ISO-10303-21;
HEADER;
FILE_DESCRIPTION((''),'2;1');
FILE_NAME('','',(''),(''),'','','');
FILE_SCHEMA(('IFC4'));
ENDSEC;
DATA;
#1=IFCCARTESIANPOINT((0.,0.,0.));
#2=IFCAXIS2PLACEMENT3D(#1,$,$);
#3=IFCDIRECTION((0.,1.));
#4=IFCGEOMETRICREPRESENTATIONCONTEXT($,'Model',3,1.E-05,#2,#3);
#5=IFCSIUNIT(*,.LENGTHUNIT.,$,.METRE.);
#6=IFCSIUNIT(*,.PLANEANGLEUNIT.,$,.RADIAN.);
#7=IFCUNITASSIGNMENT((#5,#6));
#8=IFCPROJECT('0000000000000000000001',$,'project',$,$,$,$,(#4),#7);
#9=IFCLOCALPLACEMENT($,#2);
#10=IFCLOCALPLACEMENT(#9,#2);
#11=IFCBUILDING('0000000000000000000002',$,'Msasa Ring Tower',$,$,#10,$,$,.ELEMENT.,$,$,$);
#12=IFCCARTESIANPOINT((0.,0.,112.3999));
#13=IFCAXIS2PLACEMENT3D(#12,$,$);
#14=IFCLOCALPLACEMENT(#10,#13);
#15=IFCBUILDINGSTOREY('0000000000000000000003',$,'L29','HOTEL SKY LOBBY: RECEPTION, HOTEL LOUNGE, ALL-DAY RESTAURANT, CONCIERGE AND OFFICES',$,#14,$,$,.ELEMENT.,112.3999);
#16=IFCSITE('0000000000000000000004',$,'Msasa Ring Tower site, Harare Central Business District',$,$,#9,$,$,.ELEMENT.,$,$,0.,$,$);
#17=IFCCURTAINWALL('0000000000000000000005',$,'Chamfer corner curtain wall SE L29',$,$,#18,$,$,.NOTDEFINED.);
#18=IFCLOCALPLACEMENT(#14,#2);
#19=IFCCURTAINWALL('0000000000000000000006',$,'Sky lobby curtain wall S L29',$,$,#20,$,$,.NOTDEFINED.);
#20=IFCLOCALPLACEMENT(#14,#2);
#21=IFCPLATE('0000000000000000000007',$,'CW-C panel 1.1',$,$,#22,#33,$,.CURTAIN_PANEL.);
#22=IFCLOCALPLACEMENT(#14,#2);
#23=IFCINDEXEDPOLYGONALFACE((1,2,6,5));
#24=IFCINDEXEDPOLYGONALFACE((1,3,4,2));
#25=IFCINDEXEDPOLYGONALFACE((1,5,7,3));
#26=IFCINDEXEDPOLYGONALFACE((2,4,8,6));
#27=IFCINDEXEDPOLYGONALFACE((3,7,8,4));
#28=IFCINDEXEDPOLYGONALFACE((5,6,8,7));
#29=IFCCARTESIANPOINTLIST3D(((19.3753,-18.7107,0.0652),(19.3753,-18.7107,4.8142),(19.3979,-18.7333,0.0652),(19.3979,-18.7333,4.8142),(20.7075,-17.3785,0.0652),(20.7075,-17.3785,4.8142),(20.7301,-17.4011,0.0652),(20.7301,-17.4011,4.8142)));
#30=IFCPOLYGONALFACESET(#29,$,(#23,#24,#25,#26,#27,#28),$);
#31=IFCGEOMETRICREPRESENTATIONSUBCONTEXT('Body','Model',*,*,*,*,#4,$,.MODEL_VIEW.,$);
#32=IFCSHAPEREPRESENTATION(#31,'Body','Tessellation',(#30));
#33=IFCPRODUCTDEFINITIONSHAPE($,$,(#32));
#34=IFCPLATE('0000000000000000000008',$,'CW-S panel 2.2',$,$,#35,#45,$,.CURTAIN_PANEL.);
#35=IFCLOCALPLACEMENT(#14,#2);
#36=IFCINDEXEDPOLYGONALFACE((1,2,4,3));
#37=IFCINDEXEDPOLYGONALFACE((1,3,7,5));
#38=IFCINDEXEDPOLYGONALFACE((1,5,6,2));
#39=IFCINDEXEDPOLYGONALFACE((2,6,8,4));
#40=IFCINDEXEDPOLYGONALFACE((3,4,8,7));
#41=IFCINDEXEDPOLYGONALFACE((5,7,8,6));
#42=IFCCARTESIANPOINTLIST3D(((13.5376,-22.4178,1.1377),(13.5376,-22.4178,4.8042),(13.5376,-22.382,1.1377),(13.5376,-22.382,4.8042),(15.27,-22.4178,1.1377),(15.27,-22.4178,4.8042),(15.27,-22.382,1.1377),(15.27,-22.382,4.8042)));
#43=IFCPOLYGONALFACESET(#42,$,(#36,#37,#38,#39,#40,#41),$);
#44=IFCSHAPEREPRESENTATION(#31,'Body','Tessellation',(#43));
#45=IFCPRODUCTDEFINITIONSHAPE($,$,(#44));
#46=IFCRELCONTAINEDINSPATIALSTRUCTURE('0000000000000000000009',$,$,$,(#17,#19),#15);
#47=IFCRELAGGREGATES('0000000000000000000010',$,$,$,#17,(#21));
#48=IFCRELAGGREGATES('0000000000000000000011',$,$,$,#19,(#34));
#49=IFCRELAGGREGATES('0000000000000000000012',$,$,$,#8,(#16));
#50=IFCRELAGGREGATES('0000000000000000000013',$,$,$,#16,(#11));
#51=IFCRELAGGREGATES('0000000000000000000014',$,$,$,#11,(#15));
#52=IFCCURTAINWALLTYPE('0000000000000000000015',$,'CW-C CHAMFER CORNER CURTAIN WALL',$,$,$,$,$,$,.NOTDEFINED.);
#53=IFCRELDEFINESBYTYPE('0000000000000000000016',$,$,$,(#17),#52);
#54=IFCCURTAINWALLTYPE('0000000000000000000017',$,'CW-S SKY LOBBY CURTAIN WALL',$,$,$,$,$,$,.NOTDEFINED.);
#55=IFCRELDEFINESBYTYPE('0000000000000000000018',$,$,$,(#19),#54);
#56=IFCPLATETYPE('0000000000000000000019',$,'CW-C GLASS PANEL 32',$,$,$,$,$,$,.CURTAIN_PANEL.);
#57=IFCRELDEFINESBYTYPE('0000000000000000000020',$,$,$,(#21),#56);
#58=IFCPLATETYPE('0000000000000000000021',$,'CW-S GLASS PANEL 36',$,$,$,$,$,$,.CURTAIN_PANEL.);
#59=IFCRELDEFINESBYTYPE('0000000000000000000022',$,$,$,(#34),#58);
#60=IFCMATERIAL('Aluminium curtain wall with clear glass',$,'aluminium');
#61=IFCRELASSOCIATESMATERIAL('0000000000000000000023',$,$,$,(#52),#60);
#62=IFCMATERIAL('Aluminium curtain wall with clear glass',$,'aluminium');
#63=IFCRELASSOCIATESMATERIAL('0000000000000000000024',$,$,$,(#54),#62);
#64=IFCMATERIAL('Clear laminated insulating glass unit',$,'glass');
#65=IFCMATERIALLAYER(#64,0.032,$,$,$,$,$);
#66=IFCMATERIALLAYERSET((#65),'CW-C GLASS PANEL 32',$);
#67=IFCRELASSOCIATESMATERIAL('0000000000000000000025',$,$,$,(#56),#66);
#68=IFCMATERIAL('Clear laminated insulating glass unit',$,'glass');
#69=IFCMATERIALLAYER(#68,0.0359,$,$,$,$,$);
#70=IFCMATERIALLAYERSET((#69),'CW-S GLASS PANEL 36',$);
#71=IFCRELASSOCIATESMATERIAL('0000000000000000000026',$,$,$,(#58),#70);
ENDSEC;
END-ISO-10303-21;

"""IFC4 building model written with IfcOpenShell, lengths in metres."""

from ifc_helpers import new_model, si_unit, direction, frame, origin, origin_2d, place, context, subcontext, project, spatial, rectangle, extrude, material, layer, layer_set, type_object, element, aggregate, save


model = new_model("IFC4")

# Units and contexts
model_context = context("Model", 3, precision=1e-05, world=origin(), true_north=direction((0.0, 1.0)))
body_context = subcontext(model_context, "Body", "Model", "MODEL_VIEW")
ifc_project = project(units=[si_unit("LENGTHUNIT", "METRE"), si_unit("PLANEANGLEUNIT", "RADIAN")], contexts=[model_context])

# Site, building, storey
site_placement = place(None, origin())
site = spatial("IfcSite", under=ifc_project, at=site_placement, Name="Msasa Ring Tower site, Harare Central Business District", CompositionType="ELEMENT", RefElevation=0.0)
building_placement = place(site_placement, origin())
building = spatial("IfcBuilding", under=site, at=building_placement, Name="Msasa Ring Tower", CompositionType="ELEMENT")
storey_placement = place(building_placement, frame((0.0, 0.0, 112.3999)))
storey = spatial("IfcBuildingStorey", under=building, at=storey_placement, Name="L29", Description="HOTEL SKY LOBBY: RECEPTION, HOTEL LOUNGE, ALL-DAY RESTAURANT, CONCIERGE AND OFFICES", CompositionType="ELEMENT", Elevation=112.3999)

# Curtain wall
ifc_material_1 = material(Name="Aluminium curtain wall with clear glass", Category="aluminium")
curtain_wall_type_1 = type_object("IfcCurtainWallType", Name="CW-C CHAMFER CORNER CURTAIN WALL", PredefinedType="NOTDEFINED", material=ifc_material_1)
curtain_wall_1_placement = place(storey_placement, origin())
curtain_wall_1 = element("IfcCurtainWall", 1, at=curtain_wall_1_placement, inside=storey, type_object=curtain_wall_type_1, Name="Chamfer corner curtain wall SE L29", PredefinedType="NOTDEFINED")

# Curtain wall
ifc_material_2 = material(Name="Aluminium curtain wall with clear glass", Category="aluminium")
curtain_wall_type_2 = type_object("IfcCurtainWallType", Name="CW-S SKY LOBBY CURTAIN WALL", PredefinedType="NOTDEFINED", material=ifc_material_2)
curtain_wall_2_placement = place(storey_placement, origin())
curtain_wall_2 = element("IfcCurtainWall", 2, at=curtain_wall_2_placement, inside=storey, type_object=curtain_wall_type_2, Name="Sky lobby curtain wall S L29", PredefinedType="NOTDEFINED")

# Plates
ifc_material_3 = material(Name="Clear laminated insulating glass unit", Category="glass")
ifc_layer_1 = layer(ifc_material_3, 0.032)
ifc_layer_set_1 = layer_set([ifc_layer_1], Name="CW-C GLASS PANEL 32")
plate_type_1 = type_object("IfcPlateType", Name="CW-C GLASS PANEL 32", PredefinedType="CURTAIN_PANEL", material=ifc_layer_set_1)
plate_1_placement = place(storey_placement, frame((20.0527, -18.0559, 0.0652), z_axis=(0.0, 0.0, 1.0), x_axis=(0.707107, 0.707107, 0.0)))
plate_1 = element("IfcPlate", 3, at=plate_1_placement, type_object=plate_type_1, Name="CW-C panel 1.1", PredefinedType="CURTAIN_PANEL", context=body_context, shape_type="SweptSolid", body=[
    extrude(rectangle(XDim=1.884, YDim=0.032, at=origin_2d()), origin(), (0.0, 0.0, 1.0), 4.749),
])
aggregate(curtain_wall_1, [plate_1])
ifc_material_4 = material(Name="Clear laminated insulating glass unit", Category="glass")
ifc_layer_2 = layer(ifc_material_4, 0.0359)
ifc_layer_set_2 = layer_set([ifc_layer_2], Name="CW-S GLASS PANEL 36")
plate_type_2 = type_object("IfcPlateType", Name="CW-S GLASS PANEL 36", PredefinedType="CURTAIN_PANEL", material=ifc_layer_set_2)
plate_2_placement = place(storey_placement, frame((14.4038, -22.3999, 1.1377), z_axis=(0.0, 0.0, 1.0), x_axis=(1.0, 0.0, 0.0)))
plate_2 = element("IfcPlate", 4, at=plate_2_placement, type_object=plate_type_2, Name="CW-S panel 2.2", PredefinedType="CURTAIN_PANEL", context=body_context, shape_type="SweptSolid", body=[
    extrude(rectangle(XDim=1.7324, YDim=0.0359, at=origin_2d()), origin(), (0.0, 0.0, 1.0), 3.6665),
])
aggregate(curtain_wall_2, [plate_2])

save(model, "model.ifc")
